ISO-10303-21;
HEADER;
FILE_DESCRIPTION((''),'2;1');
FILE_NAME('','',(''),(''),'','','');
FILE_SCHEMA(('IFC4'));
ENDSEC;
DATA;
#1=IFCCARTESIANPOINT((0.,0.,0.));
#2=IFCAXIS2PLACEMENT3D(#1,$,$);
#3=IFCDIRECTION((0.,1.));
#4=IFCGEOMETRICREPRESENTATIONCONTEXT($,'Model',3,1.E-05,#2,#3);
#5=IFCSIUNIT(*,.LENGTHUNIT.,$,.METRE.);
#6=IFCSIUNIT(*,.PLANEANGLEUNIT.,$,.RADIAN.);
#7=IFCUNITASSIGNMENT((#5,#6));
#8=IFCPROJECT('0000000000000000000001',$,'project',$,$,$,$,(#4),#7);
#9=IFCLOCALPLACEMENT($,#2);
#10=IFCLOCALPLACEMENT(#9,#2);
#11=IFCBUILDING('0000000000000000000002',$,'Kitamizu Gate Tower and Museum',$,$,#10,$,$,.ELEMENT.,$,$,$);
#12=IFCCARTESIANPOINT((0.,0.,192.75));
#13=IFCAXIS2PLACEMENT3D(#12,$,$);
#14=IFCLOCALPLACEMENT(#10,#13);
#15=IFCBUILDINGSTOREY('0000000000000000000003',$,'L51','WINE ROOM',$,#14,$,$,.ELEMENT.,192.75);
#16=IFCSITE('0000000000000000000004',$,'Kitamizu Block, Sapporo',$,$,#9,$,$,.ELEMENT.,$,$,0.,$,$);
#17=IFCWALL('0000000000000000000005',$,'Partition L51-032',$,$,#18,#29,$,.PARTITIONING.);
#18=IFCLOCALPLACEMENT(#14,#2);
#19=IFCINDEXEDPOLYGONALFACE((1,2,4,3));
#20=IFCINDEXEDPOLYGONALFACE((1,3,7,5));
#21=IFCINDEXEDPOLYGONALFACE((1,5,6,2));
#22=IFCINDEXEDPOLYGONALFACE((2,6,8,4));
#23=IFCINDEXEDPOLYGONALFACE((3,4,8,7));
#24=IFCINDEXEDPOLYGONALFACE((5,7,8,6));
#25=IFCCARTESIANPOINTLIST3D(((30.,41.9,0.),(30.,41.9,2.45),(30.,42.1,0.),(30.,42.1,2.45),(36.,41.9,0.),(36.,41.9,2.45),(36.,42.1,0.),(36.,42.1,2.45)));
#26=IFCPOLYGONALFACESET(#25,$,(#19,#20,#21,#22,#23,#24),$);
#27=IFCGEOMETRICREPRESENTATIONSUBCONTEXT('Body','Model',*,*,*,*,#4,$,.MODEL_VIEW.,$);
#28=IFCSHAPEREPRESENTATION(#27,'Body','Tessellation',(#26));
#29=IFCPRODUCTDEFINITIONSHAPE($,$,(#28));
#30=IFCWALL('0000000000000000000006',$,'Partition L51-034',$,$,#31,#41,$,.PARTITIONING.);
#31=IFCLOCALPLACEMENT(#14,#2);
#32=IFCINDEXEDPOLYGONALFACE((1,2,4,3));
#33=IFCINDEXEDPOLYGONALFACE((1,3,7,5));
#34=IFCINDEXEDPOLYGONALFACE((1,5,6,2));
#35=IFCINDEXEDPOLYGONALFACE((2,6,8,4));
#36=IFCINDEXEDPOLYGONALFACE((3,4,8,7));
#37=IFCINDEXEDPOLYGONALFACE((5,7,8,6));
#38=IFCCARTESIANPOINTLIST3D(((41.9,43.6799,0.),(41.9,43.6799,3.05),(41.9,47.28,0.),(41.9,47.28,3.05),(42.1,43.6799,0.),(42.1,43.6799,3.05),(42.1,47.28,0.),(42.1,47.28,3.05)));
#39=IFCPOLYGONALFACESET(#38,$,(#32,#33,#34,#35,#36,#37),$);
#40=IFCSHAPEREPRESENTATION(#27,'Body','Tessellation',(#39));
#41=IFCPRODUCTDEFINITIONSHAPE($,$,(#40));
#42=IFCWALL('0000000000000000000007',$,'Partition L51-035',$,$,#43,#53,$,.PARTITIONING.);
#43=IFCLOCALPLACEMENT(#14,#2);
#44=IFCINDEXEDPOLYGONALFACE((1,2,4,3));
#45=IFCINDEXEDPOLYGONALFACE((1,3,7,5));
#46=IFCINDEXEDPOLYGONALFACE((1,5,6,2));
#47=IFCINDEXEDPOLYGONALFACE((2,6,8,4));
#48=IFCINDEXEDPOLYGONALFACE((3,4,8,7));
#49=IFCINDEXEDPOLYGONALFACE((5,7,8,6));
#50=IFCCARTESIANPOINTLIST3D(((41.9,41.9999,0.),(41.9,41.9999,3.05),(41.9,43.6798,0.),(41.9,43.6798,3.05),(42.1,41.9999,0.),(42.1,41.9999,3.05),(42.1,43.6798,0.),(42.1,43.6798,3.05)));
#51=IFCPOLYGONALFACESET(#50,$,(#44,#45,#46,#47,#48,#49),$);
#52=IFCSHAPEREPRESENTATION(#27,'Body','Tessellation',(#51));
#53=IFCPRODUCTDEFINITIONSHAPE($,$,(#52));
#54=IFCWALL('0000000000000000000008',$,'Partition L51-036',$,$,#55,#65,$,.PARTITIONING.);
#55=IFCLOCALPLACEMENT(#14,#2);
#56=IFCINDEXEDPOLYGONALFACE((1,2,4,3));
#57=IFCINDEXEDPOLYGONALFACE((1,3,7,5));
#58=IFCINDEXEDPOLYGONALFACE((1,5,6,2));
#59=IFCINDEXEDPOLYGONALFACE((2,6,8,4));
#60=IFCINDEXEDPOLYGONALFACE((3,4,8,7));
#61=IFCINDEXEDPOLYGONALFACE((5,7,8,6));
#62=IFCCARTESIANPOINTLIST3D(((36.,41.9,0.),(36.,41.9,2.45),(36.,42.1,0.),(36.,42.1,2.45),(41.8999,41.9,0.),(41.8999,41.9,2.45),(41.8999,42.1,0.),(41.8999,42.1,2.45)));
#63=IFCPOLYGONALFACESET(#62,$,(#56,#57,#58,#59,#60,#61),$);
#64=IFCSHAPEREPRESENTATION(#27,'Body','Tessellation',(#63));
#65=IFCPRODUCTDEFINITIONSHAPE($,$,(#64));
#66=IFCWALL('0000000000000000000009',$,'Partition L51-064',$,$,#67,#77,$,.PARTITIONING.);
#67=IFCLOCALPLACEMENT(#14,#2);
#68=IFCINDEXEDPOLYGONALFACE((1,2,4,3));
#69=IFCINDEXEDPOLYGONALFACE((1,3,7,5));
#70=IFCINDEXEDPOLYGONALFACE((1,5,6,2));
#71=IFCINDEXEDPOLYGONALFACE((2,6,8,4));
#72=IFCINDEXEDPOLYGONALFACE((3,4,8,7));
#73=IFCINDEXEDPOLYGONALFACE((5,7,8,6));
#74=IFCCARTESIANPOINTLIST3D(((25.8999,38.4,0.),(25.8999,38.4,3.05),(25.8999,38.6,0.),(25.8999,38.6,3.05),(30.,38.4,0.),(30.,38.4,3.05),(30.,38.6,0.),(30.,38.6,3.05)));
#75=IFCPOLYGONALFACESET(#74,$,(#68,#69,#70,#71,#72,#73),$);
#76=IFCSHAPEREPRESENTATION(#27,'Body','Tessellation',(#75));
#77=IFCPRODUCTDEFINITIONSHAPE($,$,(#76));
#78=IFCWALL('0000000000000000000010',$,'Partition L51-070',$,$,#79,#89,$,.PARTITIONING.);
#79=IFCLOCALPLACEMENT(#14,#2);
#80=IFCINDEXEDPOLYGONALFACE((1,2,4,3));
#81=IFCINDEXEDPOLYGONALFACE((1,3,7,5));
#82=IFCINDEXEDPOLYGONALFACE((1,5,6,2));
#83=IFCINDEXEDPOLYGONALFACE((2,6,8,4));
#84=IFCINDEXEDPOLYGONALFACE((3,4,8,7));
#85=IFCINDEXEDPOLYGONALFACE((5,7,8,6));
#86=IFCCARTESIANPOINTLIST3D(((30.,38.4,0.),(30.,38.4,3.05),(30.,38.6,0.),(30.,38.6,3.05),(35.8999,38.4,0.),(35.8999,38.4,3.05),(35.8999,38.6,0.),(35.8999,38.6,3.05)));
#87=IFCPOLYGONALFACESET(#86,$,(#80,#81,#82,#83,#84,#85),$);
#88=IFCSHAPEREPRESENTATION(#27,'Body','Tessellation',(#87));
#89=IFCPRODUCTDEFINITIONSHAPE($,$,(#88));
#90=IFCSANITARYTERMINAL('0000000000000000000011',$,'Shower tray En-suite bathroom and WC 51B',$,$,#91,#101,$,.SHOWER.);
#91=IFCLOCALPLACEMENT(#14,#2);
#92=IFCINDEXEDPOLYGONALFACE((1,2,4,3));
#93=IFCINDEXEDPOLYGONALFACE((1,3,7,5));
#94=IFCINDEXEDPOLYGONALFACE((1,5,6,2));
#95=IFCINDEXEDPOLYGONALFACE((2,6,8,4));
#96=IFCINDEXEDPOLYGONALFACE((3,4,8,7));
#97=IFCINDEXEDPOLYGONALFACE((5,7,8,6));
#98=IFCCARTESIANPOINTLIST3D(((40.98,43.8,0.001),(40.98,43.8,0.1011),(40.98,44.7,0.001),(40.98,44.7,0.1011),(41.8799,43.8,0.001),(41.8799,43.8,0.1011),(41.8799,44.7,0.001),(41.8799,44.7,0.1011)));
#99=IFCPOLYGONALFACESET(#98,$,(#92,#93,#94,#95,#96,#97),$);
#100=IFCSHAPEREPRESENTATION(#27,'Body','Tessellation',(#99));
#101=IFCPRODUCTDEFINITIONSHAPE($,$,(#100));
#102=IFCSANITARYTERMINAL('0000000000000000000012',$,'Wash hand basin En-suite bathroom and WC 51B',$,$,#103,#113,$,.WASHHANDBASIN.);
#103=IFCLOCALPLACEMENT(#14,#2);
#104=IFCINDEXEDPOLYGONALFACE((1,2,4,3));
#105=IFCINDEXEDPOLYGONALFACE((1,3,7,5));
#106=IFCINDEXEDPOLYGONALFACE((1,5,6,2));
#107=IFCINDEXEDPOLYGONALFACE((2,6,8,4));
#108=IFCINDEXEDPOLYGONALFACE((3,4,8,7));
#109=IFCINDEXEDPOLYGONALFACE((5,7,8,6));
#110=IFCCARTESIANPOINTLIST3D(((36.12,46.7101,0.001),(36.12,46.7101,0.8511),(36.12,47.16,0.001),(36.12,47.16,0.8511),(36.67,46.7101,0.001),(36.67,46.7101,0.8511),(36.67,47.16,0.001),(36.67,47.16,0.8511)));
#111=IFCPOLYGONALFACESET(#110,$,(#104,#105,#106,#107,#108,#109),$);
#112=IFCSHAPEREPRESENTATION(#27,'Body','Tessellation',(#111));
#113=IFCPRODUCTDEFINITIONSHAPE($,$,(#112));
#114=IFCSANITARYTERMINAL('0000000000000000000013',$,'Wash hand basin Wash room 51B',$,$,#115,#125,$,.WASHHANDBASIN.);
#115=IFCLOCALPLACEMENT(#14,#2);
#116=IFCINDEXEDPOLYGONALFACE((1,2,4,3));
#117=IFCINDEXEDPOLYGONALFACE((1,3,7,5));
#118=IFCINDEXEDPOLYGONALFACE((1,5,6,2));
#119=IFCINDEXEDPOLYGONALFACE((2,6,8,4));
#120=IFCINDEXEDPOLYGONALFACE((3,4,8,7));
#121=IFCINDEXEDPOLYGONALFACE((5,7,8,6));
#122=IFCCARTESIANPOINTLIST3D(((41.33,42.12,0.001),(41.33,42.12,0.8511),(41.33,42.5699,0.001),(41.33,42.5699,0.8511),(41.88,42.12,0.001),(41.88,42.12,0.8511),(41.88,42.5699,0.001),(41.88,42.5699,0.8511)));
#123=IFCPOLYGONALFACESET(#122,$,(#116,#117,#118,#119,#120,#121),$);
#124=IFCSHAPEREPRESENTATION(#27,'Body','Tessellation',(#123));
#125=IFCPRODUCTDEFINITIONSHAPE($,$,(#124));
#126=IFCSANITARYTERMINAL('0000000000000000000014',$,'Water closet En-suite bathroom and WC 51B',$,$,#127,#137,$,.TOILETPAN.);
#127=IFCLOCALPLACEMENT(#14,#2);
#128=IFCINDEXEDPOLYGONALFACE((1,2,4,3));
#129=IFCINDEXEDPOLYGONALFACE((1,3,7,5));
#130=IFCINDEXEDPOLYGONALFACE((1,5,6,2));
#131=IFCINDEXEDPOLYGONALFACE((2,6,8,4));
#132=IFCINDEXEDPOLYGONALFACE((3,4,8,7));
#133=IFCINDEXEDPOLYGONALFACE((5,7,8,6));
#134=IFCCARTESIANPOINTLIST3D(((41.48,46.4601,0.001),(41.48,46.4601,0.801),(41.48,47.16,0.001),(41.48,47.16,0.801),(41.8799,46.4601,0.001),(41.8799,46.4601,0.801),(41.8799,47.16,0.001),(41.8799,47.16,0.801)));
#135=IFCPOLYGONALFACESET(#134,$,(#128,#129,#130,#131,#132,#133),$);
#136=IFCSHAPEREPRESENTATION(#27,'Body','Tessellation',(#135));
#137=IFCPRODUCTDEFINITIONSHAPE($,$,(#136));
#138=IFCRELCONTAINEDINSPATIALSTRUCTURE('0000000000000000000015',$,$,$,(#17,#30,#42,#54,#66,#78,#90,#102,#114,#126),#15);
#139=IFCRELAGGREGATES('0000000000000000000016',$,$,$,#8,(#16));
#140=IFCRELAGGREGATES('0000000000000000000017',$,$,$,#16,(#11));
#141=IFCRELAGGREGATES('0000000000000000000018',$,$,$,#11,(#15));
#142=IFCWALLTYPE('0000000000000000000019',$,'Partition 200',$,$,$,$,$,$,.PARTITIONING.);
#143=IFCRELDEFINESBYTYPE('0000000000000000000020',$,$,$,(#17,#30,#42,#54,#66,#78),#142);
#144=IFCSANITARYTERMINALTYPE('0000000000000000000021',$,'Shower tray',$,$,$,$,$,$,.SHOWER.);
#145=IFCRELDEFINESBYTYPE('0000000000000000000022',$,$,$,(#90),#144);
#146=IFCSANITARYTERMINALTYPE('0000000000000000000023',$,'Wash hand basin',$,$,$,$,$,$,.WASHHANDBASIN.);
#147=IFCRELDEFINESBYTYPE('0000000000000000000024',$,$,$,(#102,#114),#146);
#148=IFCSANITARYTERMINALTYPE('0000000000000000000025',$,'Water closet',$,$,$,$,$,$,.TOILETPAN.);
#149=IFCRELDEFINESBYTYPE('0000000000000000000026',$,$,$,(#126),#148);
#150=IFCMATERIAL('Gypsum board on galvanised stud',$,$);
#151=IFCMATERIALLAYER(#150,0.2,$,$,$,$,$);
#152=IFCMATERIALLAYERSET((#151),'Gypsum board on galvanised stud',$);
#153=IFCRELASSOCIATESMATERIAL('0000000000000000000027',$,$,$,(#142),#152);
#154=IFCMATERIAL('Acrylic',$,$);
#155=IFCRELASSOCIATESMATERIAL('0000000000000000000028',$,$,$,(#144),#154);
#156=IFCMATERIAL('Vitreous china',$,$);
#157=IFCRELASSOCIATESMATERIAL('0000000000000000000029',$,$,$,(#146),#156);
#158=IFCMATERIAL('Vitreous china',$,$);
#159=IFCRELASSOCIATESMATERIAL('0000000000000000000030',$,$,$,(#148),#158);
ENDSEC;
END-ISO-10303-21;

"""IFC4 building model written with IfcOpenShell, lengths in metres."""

from ifc_helpers import new_model, si_unit, direction, frame, frame_2d, origin, origin_2d, place, context, subcontext, project, spatial, rectangle, extrude, material, layer, layer_set, type_object, element, save


model = new_model("IFC4")

# Units and contexts
model_context = context("Model", 3, precision=1e-05, world=origin(), true_north=direction((0.0, 1.0)))
body_context = subcontext(model_context, "Body", "Model", "MODEL_VIEW")
ifc_project = project(units=[si_unit("LENGTHUNIT", "METRE"), si_unit("PLANEANGLEUNIT", "RADIAN")], contexts=[model_context])

# Site, building, storey
site_placement = place(None, origin())
site = spatial("IfcSite", under=ifc_project, at=site_placement, Name="Kitamizu Block, Sapporo", CompositionType="ELEMENT", RefElevation=0.0)
building_placement = place(site_placement, origin())
building = spatial("IfcBuilding", under=site, at=building_placement, Name="Kitamizu Gate Tower and Museum", CompositionType="ELEMENT")
storey_placement = place(building_placement, frame((0.0, 0.0, 192.75)))
storey = spatial("IfcBuildingStorey", under=building, at=storey_placement, Name="L51", Description="WINE ROOM", CompositionType="ELEMENT", Elevation=192.75)

# Walls
ifc_material_1 = material(Name="Gypsum board on galvanised stud")
ifc_layer_1 = layer(ifc_material_1, 0.2)
ifc_layer_set_1 = layer_set([ifc_layer_1], Name="Gypsum board on galvanised stud")
wall_type_1 = type_object("IfcWallType", Name="Partition 200", PredefinedType="PARTITIONING", material=ifc_layer_set_1)
wall_1_placement = place(storey_placement, frame((30.0, 42.0, 0.0), z_axis=(0.0, 0.0, 1.0), x_axis=(1.0, 0.0, 0.0)))
element("IfcWall", 1, at=wall_1_placement, inside=storey, type_object=wall_type_1, Name="Partition L51-032", PredefinedType="PARTITIONING", context=body_context, shape_type="SweptSolid", body=[
    extrude(rectangle(XDim=6.0, YDim=0.2, at=frame_2d((3.0, 0.0))), origin(), (0.0, 0.0, 1.0), 2.45),
])
wall_2_placement = place(storey_placement, frame((42.0, 43.6799, 0.0), z_axis=(0.0, 0.0, 1.0), x_axis=(0.0, 1.0, 0.0)))
element("IfcWall", 2, at=wall_2_placement, inside=storey, type_object=wall_type_1, Name="Partition L51-034", PredefinedType="PARTITIONING", context=body_context, shape_type="SweptSolid", body=[
    extrude(rectangle(XDim=3.6001, YDim=0.2, at=frame_2d((1.8, 0.0))), origin(), (0.0, 0.0, 1.0), 3.05),
])
wall_3_placement = place(storey_placement, frame((42.0, 42.0, 0.0), z_axis=(0.0, 0.0, 1.0), x_axis=(0.0, 1.0, 0.0)))
element("IfcWall", 3, at=wall_3_placement, inside=storey, type_object=wall_type_1, Name="Partition L51-035", PredefinedType="PARTITIONING", context=body_context, shape_type="SweptSolid", body=[
    extrude(rectangle(XDim=1.6799, YDim=0.2, at=frame_2d((0.8398, 0.0))), origin(), (0.0, 0.0, 1.0), 3.05),
])
wall_4_placement = place(storey_placement, frame((36.0, 42.0, 0.0), z_axis=(0.0, 0.0, 1.0), x_axis=(1.0, 0.0, 0.0)))
element("IfcWall", 4, at=wall_4_placement, inside=storey, type_object=wall_type_1, Name="Partition L51-036", PredefinedType="PARTITIONING", context=body_context, shape_type="SweptSolid", body=[
    extrude(rectangle(XDim=5.8999, YDim=0.2, at=frame_2d((2.95, 0.0))), origin(), (0.0, 0.0, 1.0), 2.45),
])
wall_5_placement = place(storey_placement, frame((30.0, 38.5, 0.0), z_axis=(0.0, 0.0, 1.0), x_axis=(-1.0, 0.0, 0.0)))
element("IfcWall", 5, at=wall_5_placement, inside=storey, type_object=wall_type_1, Name="Partition L51-064", PredefinedType="PARTITIONING", context=body_context, shape_type="SweptSolid", body=[
    extrude(rectangle(XDim=4.1001, YDim=0.2, at=frame_2d((2.05, 0.0))), origin(), (0.0, 0.0, 1.0), 3.05),
])
wall_6_placement = place(storey_placement, frame((35.8999, 38.5, 0.0), z_axis=(0.0, 0.0, 1.0), x_axis=(-1.0, 0.0, 0.0)))
element("IfcWall", 6, at=wall_6_placement, inside=storey, type_object=wall_type_1, Name="Partition L51-070", PredefinedType="PARTITIONING", context=body_context, shape_type="SweptSolid", body=[
    extrude(rectangle(XDim=5.8999, YDim=0.2, at=frame_2d((2.95, 0.0))), origin(), (0.0, 0.0, 1.0), 3.05),
])

# Sanitary terminals
ifc_material_2 = material(Name="Acrylic")
sanitary_terminal_type_1 = type_object("IfcSanitaryTerminalType", Name="Shower tray", PredefinedType="SHOWER", material=ifc_material_2)
sanitary_terminal_1_placement = place(storey_placement, frame((41.4299, 44.25, 0.001), z_axis=(0.0, 0.0, 1.0), x_axis=(1.0, 0.0, 0.0)))
element("IfcSanitaryTerminal", 7, at=sanitary_terminal_1_placement, inside=storey, type_object=sanitary_terminal_type_1, Name="Shower tray En-suite bathroom and WC 51B", PredefinedType="SHOWER", context=body_context, shape_type="SweptSolid", body=[
    extrude(rectangle(XDim=0.8999, YDim=0.8999, at=origin_2d()), origin(), (0.0, 0.0, 1.0), 0.1001),
])
ifc_material_3 = material(Name="Vitreous china")
sanitary_terminal_type_2 = type_object("IfcSanitaryTerminalType", Name="Wash hand basin", PredefinedType="WASHHANDBASIN", material=ifc_material_3)
for number, where, z_axis, x_axis, name in (
    (8, (36.395, 46.9351, 0.001), (0.0, 0.0, 1.0), (1.0, 0.0, 0.0), "Wash hand basin En-suite bathroom and WC 51B"),
    (9, (41.605, 42.345, 0.001), (0.0, 0.0, 1.0), (1.0, 0.0, 0.0), "Wash hand basin Wash room 51B"),
):
    element("IfcSanitaryTerminal", number, at=place(storey_placement, frame(where, z_axis=z_axis, x_axis=x_axis)), inside=storey, type_object=sanitary_terminal_type_2, Name=name, PredefinedType="WASHHANDBASIN", context=body_context, shape_type="SweptSolid", body=[
        extrude(rectangle(XDim=0.55, YDim=0.45, at=origin_2d()), origin(), (0.0, 0.0, 1.0), 0.8501),
    ])
ifc_material_4 = material(Name="Vitreous china")
sanitary_terminal_type_3 = type_object("IfcSanitaryTerminalType", Name="Water closet", PredefinedType="TOILETPAN", material=ifc_material_4)
sanitary_terminal_2_placement = place(storey_placement, frame((41.6799, 46.8101, 0.001), z_axis=(0.0, 0.0, 1.0), x_axis=(1.0, 0.0, 0.0)))
element("IfcSanitaryTerminal", 10, at=sanitary_terminal_2_placement, inside=storey, type_object=sanitary_terminal_type_3, Name="Water closet En-suite bathroom and WC 51B", PredefinedType="TOILETPAN", context=body_context, shape_type="SweptSolid", body=[
    extrude(rectangle(XDim=0.3999, YDim=0.7, at=origin_2d()), origin(), (0.0, 0.0, 1.0), 0.8),
])

save(model, "model.ifc")
